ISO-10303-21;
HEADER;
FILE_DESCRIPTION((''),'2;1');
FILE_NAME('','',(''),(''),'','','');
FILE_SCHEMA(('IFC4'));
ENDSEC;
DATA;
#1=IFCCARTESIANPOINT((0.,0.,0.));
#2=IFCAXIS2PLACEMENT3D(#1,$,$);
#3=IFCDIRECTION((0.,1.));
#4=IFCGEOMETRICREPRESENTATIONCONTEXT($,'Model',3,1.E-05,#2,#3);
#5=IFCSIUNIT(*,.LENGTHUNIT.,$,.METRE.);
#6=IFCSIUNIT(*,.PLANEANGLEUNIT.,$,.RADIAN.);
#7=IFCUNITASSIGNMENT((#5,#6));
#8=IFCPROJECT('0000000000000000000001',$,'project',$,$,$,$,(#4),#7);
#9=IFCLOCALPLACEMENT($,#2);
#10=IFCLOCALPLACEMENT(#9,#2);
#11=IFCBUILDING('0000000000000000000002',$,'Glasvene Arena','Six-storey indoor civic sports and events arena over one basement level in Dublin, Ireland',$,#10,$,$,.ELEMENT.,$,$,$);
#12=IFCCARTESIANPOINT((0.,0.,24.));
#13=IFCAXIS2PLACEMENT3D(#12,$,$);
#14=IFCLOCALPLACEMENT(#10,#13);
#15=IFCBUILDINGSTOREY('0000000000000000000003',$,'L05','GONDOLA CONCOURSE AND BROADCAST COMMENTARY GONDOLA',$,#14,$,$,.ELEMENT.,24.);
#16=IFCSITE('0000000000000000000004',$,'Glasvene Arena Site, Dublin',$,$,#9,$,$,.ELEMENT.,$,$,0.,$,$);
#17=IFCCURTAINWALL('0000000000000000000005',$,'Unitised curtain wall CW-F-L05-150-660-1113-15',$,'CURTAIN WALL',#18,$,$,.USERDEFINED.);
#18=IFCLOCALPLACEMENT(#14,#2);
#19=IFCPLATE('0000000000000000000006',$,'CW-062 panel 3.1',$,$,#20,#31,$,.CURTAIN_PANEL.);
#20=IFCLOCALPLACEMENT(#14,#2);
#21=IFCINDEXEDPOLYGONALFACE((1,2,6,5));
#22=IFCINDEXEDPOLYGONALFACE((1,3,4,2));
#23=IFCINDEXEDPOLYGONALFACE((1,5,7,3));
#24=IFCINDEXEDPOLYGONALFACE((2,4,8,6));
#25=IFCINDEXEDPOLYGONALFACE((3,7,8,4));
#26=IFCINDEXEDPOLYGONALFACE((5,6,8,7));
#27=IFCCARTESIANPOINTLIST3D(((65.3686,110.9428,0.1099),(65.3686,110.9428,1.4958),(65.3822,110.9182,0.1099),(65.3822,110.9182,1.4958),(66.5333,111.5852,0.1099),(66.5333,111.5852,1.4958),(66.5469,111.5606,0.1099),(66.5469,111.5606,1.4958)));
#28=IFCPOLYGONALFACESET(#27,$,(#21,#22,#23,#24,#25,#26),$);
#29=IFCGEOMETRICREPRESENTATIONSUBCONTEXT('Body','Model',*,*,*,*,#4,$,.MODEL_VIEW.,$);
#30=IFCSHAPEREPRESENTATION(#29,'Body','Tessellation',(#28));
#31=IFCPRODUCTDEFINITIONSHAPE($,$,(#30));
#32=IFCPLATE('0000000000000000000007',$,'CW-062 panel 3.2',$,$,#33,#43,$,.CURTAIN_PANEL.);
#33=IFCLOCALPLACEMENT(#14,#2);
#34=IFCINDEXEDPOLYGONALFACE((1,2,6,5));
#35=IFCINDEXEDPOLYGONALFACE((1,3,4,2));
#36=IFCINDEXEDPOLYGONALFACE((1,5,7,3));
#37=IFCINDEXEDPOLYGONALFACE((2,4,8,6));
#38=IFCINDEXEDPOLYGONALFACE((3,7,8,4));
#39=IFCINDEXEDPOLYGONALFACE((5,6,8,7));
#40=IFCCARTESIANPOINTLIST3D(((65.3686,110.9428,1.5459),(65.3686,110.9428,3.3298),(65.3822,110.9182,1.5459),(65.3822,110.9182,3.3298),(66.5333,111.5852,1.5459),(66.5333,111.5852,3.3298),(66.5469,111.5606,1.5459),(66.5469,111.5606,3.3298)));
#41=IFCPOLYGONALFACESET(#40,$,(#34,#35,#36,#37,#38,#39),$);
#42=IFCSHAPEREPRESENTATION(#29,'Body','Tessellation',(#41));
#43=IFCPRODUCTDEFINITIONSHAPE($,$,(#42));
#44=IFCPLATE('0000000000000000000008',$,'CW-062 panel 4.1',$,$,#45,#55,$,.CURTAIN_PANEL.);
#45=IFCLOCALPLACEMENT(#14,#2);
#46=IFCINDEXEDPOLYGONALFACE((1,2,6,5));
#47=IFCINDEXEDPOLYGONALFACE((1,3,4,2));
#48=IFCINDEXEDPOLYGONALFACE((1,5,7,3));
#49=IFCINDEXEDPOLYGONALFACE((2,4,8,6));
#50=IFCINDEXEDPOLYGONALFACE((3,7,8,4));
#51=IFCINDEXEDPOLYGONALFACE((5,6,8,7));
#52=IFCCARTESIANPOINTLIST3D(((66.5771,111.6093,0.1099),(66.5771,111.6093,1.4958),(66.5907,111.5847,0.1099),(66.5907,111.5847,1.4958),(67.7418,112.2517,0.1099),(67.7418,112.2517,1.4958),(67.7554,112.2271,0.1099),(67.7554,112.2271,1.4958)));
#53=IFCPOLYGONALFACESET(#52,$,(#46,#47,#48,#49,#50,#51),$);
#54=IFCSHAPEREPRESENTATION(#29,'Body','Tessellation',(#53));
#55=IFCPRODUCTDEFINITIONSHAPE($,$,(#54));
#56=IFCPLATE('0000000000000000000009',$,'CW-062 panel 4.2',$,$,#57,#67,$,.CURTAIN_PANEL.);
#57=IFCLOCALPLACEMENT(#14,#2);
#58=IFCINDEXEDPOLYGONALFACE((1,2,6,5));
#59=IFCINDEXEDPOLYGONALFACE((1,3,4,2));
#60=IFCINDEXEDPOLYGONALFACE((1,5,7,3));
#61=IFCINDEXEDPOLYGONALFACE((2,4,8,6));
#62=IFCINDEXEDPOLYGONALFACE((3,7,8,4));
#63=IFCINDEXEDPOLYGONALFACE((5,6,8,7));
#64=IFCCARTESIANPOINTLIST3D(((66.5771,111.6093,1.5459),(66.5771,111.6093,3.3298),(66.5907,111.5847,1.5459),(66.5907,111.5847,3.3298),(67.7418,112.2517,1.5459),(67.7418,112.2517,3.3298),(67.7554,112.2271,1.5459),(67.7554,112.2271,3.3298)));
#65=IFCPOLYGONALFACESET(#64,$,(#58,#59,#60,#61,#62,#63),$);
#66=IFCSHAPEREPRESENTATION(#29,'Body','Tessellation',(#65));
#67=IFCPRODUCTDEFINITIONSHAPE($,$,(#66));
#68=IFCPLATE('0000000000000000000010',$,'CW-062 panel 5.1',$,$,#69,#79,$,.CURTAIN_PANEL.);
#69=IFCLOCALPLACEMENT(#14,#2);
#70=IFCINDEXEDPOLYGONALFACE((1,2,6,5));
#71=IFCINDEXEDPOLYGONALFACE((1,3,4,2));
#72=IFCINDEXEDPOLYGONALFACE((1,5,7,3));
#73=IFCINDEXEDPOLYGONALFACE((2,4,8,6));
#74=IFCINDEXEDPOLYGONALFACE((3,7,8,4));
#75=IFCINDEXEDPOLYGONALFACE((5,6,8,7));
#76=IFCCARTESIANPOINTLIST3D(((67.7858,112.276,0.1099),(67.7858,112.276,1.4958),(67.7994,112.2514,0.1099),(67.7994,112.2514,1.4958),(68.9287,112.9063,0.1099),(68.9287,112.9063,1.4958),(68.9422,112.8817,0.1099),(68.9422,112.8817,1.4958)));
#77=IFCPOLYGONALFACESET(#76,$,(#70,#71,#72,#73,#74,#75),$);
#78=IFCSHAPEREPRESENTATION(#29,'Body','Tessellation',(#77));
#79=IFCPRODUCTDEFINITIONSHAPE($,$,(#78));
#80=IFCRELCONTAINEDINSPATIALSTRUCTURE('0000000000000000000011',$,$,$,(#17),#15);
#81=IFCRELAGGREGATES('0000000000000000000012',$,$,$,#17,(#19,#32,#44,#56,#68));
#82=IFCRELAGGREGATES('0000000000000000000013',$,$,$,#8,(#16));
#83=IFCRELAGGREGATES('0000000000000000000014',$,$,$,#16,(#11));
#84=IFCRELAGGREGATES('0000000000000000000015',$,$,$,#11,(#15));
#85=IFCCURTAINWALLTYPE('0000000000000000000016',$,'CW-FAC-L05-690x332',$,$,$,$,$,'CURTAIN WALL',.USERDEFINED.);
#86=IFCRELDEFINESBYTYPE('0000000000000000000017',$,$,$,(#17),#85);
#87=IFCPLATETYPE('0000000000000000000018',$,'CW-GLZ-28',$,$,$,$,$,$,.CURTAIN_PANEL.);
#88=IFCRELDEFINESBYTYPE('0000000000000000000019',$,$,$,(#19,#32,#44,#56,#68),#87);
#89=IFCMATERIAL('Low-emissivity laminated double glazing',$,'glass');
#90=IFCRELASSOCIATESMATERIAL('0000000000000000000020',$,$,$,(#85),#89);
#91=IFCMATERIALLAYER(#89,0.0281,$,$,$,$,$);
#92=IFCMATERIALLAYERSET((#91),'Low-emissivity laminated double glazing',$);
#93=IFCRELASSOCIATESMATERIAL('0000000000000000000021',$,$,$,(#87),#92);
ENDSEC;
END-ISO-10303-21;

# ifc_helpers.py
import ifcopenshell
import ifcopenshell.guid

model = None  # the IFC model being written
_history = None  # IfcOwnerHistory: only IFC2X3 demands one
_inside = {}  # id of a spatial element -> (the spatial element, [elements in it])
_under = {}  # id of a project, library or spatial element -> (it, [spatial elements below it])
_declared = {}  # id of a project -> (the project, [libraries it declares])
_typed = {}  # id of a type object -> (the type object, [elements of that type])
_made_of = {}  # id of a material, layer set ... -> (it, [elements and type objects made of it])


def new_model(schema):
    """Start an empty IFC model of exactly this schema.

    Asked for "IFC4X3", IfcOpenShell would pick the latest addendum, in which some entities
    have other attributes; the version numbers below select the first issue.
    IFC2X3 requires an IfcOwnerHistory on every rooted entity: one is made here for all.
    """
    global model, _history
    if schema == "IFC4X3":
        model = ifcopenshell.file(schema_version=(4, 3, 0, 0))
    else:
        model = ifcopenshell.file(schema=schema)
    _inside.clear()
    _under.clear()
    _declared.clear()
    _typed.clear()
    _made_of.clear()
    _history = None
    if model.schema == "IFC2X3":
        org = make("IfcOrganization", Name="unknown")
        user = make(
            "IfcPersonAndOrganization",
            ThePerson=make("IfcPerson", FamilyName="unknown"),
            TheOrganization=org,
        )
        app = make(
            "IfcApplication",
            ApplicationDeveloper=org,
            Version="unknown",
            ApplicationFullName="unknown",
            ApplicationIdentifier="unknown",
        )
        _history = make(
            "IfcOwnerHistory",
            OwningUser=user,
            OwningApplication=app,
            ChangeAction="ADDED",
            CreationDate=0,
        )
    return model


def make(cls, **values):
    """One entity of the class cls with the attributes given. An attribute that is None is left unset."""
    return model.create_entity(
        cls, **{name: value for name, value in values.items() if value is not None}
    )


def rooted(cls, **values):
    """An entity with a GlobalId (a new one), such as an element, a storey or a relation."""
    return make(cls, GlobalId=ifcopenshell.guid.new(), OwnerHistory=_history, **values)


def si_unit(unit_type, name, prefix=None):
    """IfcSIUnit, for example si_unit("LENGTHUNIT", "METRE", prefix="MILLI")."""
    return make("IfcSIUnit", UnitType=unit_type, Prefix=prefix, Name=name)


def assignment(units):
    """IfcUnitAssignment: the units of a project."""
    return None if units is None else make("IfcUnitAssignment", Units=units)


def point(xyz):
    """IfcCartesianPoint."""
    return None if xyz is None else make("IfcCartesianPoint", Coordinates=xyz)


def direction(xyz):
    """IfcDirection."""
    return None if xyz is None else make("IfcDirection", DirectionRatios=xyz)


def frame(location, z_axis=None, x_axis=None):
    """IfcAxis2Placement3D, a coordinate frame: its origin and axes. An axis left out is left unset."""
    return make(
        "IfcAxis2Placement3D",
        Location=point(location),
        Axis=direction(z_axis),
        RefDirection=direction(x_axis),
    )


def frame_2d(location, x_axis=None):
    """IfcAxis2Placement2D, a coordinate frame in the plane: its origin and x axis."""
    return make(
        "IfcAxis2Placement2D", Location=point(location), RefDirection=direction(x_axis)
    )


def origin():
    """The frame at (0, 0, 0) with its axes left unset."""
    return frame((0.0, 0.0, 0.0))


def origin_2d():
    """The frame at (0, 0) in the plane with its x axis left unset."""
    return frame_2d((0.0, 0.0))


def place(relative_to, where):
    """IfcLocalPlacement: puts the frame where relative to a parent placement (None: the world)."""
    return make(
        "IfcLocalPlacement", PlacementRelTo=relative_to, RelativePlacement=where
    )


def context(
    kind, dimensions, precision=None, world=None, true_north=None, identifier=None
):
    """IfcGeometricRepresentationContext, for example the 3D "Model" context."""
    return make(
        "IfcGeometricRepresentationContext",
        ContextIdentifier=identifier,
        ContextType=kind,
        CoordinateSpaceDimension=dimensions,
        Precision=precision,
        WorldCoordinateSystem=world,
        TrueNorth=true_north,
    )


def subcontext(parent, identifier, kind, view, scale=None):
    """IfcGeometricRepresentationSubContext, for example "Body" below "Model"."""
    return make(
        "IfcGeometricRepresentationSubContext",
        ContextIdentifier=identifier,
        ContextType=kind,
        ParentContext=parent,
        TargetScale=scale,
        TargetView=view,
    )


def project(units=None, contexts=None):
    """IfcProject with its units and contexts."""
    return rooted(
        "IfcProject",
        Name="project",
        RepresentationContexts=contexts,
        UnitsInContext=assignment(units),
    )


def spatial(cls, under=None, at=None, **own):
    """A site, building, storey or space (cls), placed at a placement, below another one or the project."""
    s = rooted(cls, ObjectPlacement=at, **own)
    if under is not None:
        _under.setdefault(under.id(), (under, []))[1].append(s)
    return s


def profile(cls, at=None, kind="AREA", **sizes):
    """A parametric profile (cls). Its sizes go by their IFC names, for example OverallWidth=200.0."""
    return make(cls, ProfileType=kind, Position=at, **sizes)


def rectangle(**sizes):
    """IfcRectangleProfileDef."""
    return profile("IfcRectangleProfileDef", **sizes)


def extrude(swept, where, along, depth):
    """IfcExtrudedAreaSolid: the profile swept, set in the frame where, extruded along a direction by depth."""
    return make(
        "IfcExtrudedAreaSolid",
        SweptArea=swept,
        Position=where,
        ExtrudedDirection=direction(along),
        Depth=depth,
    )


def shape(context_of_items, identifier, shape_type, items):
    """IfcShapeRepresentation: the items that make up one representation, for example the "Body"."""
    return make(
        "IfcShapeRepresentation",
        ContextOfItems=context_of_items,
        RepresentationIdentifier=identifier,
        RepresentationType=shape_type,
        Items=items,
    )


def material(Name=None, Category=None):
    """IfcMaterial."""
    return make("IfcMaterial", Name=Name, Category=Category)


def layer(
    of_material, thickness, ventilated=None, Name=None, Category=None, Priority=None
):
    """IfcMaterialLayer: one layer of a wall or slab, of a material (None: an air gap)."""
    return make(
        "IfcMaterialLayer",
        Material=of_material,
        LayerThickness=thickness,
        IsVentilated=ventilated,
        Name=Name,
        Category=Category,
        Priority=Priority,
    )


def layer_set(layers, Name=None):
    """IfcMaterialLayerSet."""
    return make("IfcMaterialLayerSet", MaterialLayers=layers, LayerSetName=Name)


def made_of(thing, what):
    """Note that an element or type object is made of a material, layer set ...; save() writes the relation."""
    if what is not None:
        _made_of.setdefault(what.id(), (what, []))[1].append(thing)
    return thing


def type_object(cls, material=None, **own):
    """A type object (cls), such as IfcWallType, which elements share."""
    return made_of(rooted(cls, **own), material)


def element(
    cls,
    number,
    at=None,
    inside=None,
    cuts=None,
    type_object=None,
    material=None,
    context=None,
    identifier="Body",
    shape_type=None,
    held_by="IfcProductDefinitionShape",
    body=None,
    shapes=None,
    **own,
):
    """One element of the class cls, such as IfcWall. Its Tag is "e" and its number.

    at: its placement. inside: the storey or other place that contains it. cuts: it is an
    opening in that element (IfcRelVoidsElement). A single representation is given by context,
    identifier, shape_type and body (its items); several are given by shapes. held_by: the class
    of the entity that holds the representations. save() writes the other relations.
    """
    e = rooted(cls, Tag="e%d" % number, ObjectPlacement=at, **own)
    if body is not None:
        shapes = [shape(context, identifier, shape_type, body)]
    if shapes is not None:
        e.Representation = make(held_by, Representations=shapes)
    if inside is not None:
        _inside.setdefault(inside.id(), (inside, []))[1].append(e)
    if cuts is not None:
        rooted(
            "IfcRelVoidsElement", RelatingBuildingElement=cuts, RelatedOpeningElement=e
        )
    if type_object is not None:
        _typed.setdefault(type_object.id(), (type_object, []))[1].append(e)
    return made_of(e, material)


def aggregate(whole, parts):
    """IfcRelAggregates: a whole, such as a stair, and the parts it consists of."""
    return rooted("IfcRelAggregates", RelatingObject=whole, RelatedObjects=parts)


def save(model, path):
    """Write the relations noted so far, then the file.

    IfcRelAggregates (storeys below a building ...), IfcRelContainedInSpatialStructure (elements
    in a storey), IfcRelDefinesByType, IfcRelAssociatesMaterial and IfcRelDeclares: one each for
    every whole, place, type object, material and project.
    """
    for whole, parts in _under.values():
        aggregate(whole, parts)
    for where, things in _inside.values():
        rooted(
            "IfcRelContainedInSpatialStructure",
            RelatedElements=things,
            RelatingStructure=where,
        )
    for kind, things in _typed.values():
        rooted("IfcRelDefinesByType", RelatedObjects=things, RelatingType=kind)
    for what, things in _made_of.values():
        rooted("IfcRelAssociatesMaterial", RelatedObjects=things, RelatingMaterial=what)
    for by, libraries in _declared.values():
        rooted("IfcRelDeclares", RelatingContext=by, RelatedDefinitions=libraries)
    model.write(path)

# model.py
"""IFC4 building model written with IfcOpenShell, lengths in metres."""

from ifc_helpers import new_model, si_unit, direction, frame, origin, origin_2d, place, context, subcontext, project, spatial, rectangle, extrude, material, layer, layer_set, type_object, element, aggregate, save


model = new_model("IFC4")

# Units and contexts
model_context = context("Model", 3, precision=1e-05, world=origin(), true_north=direction((0.0, 1.0)))
body_context = subcontext(model_context, "Body", "Model", "MODEL_VIEW")
ifc_project = project(units=[si_unit("LENGTHUNIT", "METRE"), si_unit("PLANEANGLEUNIT", "RADIAN")], contexts=[model_context])

# Site, building, storey
site_placement = place(None, origin())
site = spatial("IfcSite", under=ifc_project, at=site_placement, Name="Glasvene Arena Site, Dublin", CompositionType="ELEMENT", RefElevation=0.0)
building_placement = place(site_placement, origin())
building = spatial("IfcBuilding", under=site, at=building_placement, Name="Glasvene Arena", Description="Six-storey indoor civic sports and events arena over one basement level in Dublin, Ireland", CompositionType="ELEMENT")
storey_placement = place(building_placement, frame((0.0, 0.0, 24.0)))
storey = spatial("IfcBuildingStorey", under=building, at=storey_placement, Name="L05", Description="GONDOLA CONCOURSE AND BROADCAST COMMENTARY GONDOLA", CompositionType="ELEMENT", Elevation=24.0)

# Curtain wall, plates
ifc_material_1 = material(Name="Low-emissivity laminated double glazing", Category="glass")
curtain_wall_type = type_object("IfcCurtainWallType", Name="CW-FAC-L05-690x332", ElementType="CURTAIN WALL", PredefinedType="USERDEFINED", material=ifc_material_1)
curtain_wall_placement = place(storey_placement, frame((62.9365, 109.5854, 0.0)))
curtain_wall = element("IfcCurtainWall", 1, at=curtain_wall_placement, inside=storey, type_object=curtain_wall_type, Name="Unitised curtain wall CW-F-L05-150-660-1113-15", ObjectType="CURTAIN WALL", PredefinedType="USERDEFINED")
ifc_layer_1 = layer(ifc_material_1, 0.0281)
ifc_layer_set_1 = layer_set([ifc_layer_1], Name="Low-emissivity laminated double glazing")
plate_type = type_object("IfcPlateType", Name="CW-GLZ-28", PredefinedType="CURTAIN_PANEL", material=ifc_layer_set_1)
plate_1_placement = place(storey_placement, frame((65.9578, 111.2517, 0.1099), z_axis=(0.0, 0.0, 1.0), x_axis=(0.875654, 0.482939, 0.0)))
plate_1 = element("IfcPlate", 2, at=plate_1_placement, type_object=plate_type, Name="CW-062 panel 3.1", PredefinedType="CURTAIN_PANEL", context=body_context, shape_type="SweptSolid", body=[
    extrude(rectangle(XDim=1.3301, YDim=0.0281, at=origin_2d()), origin(), (0.0, 0.0, 1.0), 1.386),
])
plate_2_placement = place(storey_placement, frame((65.9578, 111.2517, 1.5459), z_axis=(0.0, 0.0, 1.0), x_axis=(0.875654, 0.482939, 0.0)))
plate_2 = element("IfcPlate", 3, at=plate_2_placement, type_object=plate_type, Name="CW-062 panel 3.2", PredefinedType="CURTAIN_PANEL", context=body_context, shape_type="SweptSolid", body=[
    extrude(rectangle(XDim=1.3301, YDim=0.0281, at=origin_2d()), origin(), (0.0, 0.0, 1.0), 1.7839),
])
plate_3_placement = place(storey_placement, frame((67.1663, 111.9182, 0.1099), z_axis=(0.0, 0.0, 1.0), x_axis=(0.875654, 0.482939, 0.0)))
plate_3 = element("IfcPlate", 4, at=plate_3_placement, type_object=plate_type, Name="CW-062 panel 4.1", PredefinedType="CURTAIN_PANEL", context=body_context, shape_type="SweptSolid", body=[
    extrude(rectangle(XDim=1.3301, YDim=0.0281, at=origin_2d()), origin(), (0.0, 0.0, 1.0), 1.386),
])
plate_4_placement = place(storey_placement, frame((67.1663, 111.9182, 1.5459), z_axis=(0.0, 0.0, 1.0), x_axis=(0.875654, 0.482939, 0.0)))
plate_4 = element("IfcPlate", 5, at=plate_4_placement, type_object=plate_type, Name="CW-062 panel 4.2", PredefinedType="CURTAIN_PANEL", context=body_context, shape_type="SweptSolid", body=[
    extrude(rectangle(XDim=1.3301, YDim=0.0281, at=origin_2d()), origin(), (0.0, 0.0, 1.0), 1.7839),
])
plate_5_placement = place(storey_placement, frame((68.364, 112.5789, 0.1099), z_axis=(0.0, 0.0, 1.0), x_axis=(0.875654, 0.482939, 0.0)))
plate_5 = element("IfcPlate", 6, at=plate_5_placement, type_object=plate_type, Name="CW-062 panel 5.1", PredefinedType="CURTAIN_PANEL", context=body_context, shape_type="SweptSolid", body=[
    extrude(rectangle(XDim=1.3052, YDim=0.0281, at=origin_2d()), origin(), (0.0, 0.0, 1.0), 1.386),
])
aggregate(curtain_wall, [plate_1, plate_2, plate_3, plate_4, plate_5])

save(model, "model.ifc")
